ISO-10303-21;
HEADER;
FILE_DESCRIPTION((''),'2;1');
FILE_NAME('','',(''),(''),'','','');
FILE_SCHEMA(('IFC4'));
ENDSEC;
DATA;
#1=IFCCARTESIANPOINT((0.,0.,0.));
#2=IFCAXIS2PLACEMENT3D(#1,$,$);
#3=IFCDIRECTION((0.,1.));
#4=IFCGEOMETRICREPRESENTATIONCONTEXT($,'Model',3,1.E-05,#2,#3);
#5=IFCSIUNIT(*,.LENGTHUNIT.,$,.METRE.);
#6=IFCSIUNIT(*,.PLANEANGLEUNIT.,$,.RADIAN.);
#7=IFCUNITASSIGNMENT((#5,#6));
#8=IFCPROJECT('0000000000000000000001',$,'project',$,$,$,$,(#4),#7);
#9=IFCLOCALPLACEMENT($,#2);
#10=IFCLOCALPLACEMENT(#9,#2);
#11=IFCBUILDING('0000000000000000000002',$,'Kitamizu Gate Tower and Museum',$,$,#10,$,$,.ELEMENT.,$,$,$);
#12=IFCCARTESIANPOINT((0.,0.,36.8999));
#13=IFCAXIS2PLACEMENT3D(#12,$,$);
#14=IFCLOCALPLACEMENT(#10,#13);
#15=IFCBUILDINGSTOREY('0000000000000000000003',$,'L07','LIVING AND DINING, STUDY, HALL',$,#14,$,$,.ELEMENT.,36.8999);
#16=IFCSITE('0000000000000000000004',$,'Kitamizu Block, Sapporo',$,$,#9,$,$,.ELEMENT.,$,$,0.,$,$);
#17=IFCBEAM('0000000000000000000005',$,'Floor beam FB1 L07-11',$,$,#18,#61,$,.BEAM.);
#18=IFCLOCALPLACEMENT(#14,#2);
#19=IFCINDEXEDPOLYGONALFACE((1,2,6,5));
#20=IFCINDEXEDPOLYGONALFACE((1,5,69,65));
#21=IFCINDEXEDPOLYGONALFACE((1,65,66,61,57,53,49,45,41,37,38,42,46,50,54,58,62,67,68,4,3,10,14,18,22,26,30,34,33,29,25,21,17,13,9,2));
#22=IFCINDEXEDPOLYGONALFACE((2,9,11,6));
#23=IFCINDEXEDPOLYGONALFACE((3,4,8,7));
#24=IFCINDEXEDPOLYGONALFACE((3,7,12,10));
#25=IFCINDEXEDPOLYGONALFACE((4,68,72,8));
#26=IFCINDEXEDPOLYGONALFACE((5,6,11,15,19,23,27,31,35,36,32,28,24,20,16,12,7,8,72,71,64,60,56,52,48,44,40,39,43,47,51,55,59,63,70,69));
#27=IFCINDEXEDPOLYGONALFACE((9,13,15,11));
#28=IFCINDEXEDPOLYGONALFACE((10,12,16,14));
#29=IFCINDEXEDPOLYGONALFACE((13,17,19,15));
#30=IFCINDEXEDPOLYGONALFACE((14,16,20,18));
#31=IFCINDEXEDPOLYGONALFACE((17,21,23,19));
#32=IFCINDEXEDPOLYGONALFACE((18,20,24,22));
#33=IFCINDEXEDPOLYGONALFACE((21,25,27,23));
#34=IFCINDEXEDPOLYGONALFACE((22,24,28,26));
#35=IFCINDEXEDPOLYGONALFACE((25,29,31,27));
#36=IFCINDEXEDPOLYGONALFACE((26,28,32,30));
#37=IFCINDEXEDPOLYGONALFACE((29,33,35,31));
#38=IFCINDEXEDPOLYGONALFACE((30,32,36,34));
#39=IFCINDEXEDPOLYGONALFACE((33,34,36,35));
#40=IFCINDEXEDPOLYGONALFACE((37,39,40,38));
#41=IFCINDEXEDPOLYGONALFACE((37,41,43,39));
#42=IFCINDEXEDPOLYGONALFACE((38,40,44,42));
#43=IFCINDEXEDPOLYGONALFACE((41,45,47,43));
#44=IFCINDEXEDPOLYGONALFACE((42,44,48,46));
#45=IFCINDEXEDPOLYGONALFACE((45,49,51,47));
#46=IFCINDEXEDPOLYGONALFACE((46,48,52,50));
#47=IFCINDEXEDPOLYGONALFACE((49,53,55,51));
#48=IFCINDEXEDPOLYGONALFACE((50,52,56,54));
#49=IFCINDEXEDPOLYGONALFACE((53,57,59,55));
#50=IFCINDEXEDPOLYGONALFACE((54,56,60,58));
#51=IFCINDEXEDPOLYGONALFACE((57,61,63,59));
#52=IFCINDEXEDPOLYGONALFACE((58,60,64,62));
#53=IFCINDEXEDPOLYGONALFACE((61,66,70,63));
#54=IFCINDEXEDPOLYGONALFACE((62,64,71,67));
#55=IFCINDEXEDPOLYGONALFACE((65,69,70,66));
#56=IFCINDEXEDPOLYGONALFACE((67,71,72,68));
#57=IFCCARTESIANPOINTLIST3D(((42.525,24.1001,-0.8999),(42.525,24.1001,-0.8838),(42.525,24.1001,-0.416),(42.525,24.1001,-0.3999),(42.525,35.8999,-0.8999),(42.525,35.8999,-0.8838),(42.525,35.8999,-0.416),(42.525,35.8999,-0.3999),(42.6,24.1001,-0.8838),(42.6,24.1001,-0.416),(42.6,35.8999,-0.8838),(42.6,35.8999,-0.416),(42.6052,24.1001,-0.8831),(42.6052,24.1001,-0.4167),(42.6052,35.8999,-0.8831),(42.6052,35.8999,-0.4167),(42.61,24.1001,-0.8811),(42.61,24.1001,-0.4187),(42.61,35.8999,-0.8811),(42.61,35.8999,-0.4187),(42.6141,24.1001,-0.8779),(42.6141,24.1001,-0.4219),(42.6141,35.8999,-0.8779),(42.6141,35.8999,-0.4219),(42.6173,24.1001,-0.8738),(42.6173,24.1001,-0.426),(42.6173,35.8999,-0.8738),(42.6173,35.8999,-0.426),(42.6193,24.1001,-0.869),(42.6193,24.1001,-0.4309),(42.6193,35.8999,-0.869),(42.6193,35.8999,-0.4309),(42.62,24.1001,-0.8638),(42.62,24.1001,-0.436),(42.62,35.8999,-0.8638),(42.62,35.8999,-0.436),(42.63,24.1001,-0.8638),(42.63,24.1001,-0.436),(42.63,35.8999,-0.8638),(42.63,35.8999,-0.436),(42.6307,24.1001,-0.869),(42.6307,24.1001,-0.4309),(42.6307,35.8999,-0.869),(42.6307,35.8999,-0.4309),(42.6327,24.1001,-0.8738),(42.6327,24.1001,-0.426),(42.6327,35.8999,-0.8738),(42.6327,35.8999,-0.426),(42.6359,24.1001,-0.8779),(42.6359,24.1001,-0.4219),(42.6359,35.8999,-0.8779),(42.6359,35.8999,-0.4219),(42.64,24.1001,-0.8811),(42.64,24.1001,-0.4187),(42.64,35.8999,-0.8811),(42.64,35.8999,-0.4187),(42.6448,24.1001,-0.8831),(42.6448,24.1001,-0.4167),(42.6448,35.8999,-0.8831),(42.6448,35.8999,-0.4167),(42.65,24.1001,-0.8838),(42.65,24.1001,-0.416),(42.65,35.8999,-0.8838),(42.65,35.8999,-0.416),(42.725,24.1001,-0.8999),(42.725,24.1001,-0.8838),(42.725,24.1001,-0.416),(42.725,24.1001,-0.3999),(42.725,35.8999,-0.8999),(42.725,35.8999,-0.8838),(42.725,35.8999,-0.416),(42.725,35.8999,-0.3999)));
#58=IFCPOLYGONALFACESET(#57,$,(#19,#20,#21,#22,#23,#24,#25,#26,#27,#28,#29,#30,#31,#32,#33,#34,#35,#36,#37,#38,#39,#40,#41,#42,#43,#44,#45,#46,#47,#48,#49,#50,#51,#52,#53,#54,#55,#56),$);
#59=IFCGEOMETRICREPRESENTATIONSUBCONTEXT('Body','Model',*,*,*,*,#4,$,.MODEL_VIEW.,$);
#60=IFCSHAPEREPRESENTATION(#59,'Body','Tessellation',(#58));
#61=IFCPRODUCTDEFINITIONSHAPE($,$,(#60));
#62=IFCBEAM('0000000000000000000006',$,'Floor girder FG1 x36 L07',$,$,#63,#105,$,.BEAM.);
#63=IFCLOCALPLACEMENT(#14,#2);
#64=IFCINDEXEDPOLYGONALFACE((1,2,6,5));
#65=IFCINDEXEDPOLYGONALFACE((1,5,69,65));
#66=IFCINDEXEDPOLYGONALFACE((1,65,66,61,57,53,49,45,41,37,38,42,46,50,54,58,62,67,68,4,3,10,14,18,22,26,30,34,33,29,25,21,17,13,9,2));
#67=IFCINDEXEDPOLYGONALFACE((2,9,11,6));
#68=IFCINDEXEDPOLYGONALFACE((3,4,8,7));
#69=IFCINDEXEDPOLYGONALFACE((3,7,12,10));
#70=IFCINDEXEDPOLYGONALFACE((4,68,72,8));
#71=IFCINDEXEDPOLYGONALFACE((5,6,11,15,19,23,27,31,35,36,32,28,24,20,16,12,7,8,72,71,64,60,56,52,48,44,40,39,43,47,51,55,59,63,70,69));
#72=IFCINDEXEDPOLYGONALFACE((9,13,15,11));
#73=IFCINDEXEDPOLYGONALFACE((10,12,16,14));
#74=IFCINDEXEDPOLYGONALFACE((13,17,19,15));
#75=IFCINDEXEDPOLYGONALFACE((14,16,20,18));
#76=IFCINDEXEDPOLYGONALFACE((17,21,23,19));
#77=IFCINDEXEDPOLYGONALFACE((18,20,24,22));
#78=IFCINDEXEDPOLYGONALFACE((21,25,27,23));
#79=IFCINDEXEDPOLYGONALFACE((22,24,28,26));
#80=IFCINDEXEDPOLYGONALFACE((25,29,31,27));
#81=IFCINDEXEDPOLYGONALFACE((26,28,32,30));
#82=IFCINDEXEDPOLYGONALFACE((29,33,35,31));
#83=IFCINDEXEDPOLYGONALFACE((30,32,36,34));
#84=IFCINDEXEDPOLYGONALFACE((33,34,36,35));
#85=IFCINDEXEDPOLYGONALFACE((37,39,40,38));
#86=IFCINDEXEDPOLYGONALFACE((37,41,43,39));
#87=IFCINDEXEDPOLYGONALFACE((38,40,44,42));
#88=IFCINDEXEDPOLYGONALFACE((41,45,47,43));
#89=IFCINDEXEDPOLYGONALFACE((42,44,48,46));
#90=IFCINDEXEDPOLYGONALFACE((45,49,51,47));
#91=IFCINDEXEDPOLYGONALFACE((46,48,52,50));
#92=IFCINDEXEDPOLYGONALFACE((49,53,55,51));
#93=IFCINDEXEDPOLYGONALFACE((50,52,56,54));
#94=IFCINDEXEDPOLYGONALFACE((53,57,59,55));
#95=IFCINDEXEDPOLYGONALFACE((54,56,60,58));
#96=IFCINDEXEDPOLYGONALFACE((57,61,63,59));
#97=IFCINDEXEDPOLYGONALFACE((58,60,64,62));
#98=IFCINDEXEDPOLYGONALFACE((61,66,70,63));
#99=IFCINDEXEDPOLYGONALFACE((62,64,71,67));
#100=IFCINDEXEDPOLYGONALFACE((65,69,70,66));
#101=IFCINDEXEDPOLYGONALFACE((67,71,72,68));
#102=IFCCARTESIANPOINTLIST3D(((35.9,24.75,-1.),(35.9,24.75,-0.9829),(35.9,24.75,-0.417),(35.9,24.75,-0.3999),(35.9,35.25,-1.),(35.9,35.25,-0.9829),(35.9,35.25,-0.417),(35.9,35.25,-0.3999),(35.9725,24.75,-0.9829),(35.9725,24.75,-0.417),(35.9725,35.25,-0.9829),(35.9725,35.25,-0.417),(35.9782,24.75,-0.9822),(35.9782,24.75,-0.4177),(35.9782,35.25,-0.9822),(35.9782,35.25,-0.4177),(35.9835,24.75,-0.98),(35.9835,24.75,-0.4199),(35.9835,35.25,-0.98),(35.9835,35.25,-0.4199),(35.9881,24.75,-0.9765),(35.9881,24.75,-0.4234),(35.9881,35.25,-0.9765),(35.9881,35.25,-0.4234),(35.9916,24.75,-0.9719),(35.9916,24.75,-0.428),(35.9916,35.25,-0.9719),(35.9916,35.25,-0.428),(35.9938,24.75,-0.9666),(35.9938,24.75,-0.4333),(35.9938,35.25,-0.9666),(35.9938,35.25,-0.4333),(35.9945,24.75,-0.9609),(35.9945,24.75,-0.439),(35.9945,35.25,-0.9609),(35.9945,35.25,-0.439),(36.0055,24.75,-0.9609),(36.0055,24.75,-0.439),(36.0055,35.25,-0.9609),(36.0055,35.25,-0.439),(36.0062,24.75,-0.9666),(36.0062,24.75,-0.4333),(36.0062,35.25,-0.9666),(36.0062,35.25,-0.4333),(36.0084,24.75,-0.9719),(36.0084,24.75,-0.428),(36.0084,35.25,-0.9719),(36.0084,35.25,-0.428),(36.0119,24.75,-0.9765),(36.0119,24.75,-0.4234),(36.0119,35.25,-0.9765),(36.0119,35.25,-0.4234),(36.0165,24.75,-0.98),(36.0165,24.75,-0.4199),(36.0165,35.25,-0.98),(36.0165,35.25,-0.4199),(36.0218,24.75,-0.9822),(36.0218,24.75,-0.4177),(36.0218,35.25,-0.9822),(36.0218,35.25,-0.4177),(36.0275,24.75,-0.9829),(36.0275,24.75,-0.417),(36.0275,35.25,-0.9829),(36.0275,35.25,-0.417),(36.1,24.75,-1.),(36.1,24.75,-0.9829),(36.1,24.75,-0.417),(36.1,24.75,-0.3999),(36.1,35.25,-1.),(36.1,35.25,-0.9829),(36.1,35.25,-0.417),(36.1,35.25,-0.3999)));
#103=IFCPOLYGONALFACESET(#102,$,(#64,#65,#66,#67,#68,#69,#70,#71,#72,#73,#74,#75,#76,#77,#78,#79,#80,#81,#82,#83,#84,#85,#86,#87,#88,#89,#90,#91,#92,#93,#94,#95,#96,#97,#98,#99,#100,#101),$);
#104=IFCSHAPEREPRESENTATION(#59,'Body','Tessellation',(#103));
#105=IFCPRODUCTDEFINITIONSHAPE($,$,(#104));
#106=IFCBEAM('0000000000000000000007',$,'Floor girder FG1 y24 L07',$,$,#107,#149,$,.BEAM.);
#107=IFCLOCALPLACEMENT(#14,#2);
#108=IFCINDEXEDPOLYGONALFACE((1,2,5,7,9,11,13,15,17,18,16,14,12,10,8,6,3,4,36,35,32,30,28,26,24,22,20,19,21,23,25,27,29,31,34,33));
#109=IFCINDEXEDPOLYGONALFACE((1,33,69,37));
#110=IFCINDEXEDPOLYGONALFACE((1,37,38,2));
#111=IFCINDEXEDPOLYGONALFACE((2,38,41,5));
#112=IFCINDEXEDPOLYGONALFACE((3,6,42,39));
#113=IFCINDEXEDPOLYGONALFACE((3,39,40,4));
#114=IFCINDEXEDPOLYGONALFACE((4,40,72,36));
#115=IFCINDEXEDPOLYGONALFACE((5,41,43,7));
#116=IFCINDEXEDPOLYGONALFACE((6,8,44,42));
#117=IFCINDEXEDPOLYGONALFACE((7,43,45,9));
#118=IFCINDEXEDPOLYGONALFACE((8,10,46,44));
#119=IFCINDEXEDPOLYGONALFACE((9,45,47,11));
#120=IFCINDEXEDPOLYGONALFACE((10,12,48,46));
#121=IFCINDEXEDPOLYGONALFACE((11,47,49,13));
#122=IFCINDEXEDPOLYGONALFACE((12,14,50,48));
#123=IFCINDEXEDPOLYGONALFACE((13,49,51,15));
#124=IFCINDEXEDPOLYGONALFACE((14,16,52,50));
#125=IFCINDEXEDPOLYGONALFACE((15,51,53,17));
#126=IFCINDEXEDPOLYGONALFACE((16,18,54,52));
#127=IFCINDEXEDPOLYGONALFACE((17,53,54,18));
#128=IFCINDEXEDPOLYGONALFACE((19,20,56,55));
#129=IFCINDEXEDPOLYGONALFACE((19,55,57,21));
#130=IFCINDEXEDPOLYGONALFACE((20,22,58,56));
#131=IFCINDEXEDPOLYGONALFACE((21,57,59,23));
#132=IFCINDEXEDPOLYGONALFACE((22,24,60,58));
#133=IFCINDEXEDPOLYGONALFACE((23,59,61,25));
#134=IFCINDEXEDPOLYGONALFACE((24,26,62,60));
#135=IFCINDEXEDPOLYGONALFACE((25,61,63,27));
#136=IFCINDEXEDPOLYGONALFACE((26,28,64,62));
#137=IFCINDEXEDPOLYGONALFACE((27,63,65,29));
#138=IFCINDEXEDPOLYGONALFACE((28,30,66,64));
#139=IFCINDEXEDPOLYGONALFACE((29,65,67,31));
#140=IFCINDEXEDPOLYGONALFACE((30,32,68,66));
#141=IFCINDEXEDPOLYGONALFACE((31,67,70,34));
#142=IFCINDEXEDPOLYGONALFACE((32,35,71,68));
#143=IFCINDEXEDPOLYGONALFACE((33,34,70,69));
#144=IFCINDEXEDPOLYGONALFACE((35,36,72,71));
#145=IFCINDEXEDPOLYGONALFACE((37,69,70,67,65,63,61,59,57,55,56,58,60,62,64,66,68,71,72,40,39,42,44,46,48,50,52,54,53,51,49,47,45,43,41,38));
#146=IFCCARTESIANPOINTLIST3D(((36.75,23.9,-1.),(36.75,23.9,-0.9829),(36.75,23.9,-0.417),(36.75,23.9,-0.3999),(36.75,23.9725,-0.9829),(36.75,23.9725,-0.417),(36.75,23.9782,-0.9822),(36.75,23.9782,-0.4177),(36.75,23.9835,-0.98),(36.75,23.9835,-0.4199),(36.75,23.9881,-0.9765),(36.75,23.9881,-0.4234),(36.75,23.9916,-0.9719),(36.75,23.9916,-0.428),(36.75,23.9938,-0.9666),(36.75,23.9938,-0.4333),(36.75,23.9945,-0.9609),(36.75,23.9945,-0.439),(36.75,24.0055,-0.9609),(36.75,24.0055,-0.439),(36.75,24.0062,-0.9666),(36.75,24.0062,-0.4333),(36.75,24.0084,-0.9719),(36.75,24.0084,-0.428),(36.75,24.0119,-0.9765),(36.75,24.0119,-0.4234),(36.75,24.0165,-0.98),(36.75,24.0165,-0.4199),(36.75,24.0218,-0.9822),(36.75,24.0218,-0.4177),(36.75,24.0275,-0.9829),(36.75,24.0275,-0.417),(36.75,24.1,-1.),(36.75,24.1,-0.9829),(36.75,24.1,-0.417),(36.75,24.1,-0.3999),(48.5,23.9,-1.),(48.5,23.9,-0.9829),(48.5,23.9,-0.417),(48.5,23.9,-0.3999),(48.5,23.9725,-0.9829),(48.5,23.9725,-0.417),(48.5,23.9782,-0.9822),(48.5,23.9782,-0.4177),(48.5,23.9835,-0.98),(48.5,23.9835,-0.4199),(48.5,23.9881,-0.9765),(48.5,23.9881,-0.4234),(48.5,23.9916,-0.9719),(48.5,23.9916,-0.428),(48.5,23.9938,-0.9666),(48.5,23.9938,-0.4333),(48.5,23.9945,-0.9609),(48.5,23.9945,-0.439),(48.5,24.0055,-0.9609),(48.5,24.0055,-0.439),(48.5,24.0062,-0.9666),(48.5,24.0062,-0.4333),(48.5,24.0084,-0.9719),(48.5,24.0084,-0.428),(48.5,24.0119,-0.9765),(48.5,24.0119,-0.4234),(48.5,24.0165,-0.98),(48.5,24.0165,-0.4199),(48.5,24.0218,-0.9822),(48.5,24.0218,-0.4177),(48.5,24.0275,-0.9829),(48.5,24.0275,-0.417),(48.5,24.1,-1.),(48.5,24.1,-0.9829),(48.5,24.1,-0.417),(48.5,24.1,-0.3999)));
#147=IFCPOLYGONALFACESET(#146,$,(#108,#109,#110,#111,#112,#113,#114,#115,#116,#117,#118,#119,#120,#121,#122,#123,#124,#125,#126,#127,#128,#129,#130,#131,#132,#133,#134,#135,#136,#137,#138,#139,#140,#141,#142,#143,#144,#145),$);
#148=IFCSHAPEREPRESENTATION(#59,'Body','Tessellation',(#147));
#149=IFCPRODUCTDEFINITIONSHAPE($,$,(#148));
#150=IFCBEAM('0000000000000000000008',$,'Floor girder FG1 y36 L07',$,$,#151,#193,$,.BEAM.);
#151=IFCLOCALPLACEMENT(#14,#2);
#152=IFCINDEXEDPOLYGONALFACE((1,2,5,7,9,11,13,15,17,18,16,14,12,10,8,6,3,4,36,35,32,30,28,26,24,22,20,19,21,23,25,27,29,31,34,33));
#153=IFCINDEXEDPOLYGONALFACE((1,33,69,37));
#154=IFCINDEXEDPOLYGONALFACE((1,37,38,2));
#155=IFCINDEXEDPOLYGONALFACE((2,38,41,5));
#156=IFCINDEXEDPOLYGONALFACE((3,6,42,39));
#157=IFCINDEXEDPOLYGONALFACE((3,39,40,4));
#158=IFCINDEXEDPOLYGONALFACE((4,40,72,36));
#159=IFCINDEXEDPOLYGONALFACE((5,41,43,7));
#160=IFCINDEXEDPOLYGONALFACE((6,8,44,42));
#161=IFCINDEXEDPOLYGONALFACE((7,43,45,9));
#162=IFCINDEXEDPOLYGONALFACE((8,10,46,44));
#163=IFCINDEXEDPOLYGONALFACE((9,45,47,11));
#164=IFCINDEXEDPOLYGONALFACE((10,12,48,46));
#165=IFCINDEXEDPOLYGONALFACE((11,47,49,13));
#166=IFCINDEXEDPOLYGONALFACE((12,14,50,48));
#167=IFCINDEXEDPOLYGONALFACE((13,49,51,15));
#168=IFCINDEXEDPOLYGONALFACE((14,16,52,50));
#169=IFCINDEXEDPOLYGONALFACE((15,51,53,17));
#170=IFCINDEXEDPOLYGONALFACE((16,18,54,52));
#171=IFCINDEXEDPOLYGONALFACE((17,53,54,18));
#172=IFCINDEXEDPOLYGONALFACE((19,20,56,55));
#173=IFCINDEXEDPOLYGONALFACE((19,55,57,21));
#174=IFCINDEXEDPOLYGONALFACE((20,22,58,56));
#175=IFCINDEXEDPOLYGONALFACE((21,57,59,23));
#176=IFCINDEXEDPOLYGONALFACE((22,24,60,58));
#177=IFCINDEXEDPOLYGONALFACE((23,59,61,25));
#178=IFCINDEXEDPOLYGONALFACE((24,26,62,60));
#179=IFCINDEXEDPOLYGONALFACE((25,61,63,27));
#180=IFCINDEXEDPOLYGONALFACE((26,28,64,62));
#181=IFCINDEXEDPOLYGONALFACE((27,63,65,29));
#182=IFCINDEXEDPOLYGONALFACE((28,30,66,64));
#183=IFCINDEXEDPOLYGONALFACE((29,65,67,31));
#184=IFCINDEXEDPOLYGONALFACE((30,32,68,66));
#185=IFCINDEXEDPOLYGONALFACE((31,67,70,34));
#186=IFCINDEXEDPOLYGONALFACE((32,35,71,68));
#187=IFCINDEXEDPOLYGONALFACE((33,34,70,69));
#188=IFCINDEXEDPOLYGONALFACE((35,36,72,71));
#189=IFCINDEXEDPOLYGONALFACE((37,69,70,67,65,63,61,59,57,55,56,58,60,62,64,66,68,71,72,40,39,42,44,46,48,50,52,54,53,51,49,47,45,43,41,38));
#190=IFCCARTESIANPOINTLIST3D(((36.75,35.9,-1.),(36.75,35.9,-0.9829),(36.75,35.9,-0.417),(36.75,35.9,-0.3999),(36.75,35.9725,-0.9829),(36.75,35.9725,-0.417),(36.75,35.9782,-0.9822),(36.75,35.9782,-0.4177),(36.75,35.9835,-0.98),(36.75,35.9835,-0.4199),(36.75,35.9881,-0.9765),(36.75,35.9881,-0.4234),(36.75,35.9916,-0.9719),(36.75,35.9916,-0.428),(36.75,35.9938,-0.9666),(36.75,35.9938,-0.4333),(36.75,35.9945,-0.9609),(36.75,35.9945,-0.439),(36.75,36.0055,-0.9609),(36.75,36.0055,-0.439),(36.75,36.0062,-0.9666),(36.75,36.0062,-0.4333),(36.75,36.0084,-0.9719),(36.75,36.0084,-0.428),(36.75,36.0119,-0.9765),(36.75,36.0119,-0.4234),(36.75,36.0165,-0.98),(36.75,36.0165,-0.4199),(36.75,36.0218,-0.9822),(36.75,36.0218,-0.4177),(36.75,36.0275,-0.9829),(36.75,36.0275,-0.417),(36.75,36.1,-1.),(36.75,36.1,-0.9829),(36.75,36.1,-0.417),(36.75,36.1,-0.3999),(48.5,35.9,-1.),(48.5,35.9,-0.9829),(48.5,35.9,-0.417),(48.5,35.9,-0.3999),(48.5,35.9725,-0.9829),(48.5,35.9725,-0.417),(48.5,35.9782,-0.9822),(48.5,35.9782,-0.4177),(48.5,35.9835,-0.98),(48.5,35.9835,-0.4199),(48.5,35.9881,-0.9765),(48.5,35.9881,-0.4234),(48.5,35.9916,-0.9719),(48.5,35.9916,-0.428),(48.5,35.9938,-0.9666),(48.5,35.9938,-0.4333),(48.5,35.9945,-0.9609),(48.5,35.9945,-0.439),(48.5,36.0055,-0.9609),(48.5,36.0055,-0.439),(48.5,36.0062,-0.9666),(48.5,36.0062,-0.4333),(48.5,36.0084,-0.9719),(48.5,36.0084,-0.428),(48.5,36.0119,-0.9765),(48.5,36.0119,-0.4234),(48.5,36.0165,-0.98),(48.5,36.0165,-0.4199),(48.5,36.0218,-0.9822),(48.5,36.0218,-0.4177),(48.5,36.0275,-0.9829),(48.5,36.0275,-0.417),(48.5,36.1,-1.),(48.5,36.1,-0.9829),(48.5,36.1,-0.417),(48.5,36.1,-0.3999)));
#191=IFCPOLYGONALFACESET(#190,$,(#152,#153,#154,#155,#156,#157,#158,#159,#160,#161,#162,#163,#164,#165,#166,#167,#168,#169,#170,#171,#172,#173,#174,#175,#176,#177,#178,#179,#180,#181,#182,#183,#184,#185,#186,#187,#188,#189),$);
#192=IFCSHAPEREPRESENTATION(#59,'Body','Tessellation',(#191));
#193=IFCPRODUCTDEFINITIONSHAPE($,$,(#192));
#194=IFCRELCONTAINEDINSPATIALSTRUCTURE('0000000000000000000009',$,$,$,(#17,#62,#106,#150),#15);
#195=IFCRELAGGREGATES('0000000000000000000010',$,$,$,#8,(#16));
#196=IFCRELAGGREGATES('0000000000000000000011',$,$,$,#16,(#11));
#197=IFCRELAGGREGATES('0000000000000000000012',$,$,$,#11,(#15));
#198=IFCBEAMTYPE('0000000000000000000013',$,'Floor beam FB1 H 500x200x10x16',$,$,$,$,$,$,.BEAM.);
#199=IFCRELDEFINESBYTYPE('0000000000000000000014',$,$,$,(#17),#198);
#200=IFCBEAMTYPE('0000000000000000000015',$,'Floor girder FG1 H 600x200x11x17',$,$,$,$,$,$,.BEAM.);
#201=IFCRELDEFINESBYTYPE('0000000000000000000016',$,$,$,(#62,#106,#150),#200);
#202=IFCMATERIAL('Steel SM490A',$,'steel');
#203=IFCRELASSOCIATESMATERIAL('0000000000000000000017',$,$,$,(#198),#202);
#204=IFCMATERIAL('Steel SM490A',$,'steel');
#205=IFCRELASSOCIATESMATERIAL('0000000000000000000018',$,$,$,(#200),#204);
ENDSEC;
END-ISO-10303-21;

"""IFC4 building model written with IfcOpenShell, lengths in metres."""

from ifc_helpers import new_model, si_unit, direction, frame, origin, origin_2d, place, context, subcontext, project, spatial, i_section, extrude, material, material_profile, profile_set, type_object, element, save


model = new_model("IFC4")

# Units and contexts
model_context = context("Model", 3, precision=1e-05, world=origin(), true_north=direction((0.0, 1.0)))
body_context = subcontext(model_context, "Body", "Model", "MODEL_VIEW")
ifc_project = project(units=[si_unit("LENGTHUNIT", "METRE"), si_unit("PLANEANGLEUNIT", "RADIAN")], contexts=[model_context])

# Site, building, storey
site_placement = place(None, origin())
site = spatial("IfcSite", under=ifc_project, at=site_placement, Name="Kitamizu Block, Sapporo", CompositionType="ELEMENT", RefElevation=0.0)
building_placement = place(site_placement, origin())
building = spatial("IfcBuilding", under=site, at=building_placement, Name="Kitamizu Gate Tower and Museum", CompositionType="ELEMENT")
storey_placement = place(building_placement, frame((0.0, 0.0, 36.8999)))
storey = spatial("IfcBuildingStorey", under=building, at=storey_placement, Name="L07", Description="LIVING AND DINING, STUDY, HALL", CompositionType="ELEMENT", Elevation=36.8999)

# Beams
ifc_material_1 = material(Name="Steel SM490A", Category="steel")
ifc_material_profile_1 = material_profile(ifc_material_1, i_section(OverallWidth=0.2, OverallDepth=0.5, WebThickness=0.01, FlangeThickness=0.0161, FilletRadius=0.02, at=origin_2d()), Name="H-500x200x10x16")
ifc_profile_set_1 = profile_set([ifc_material_profile_1], Name="Steel SM490A")
beam_type_1 = type_object("IfcBeamType", Name="Floor beam FB1 H 500x200x10x16", PredefinedType="BEAM", material=ifc_profile_set_1)
beam_1_placement = place(storey_placement, frame((42.625, 24.1001, -0.6499), z_axis=(0.0, 1.0, 0.0), x_axis=(-1.0, 0.0, 0.0)))
element("IfcBeam", 1, at=beam_1_placement, inside=storey, type_object=beam_type_1, Name="Floor beam FB1 L07-11", PredefinedType="BEAM", context=body_context, shape_type="SweptSolid", body=[
    extrude(i_section(OverallWidth=0.2, OverallDepth=0.5, WebThickness=0.01, FlangeThickness=0.0161, FilletRadius=0.02, at=origin_2d()), origin(), (0.0, 0.0, 1.0), 11.7998),
])
ifc_material_2 = material(Name="Steel SM490A", Category="steel")
ifc_material_profile_2 = material_profile(ifc_material_2, i_section(OverallWidth=0.2, OverallDepth=0.6001, WebThickness=0.011, FlangeThickness=0.0171, FilletRadius=0.022, at=origin_2d()), Name="H-600x200x11x17")
ifc_profile_set_2 = profile_set([ifc_material_profile_2], Name="Steel SM490A")
beam_type_2 = type_object("IfcBeamType", Name="Floor girder FG1 H 600x200x11x17", PredefinedType="BEAM", material=ifc_profile_set_2)
beam_2_placement = place(storey_placement, frame((36.0, 24.75, -0.7), z_axis=(0.0, 1.0, 0.0), x_axis=(-1.0, 0.0, 0.0)))
element("IfcBeam", 2, at=beam_2_placement, inside=storey, type_object=beam_type_2, Name="Floor girder FG1 x36 L07", PredefinedType="BEAM", context=body_context, shape_type="SweptSolid", body=[
    extrude(i_section(OverallWidth=0.2, OverallDepth=0.6001, WebThickness=0.011, FlangeThickness=0.0171, FilletRadius=0.022, at=origin_2d()), origin(), (0.0, 0.0, 1.0), 10.5),
])
for number, where, z_axis, x_axis, name in (
    (3, (36.75, 24.0, -0.7), (1.0, 0.0, 0.0), (0.0, 1.0, 0.0), "Floor girder FG1 y24 L07"),
    (4, (36.75, 36.0, -0.7), (1.0, 0.0, 0.0), (0.0, 1.0, 0.0), "Floor girder FG1 y36 L07"),
):
    element("IfcBeam", number, at=place(storey_placement, frame(where, z_axis=z_axis, x_axis=x_axis)), inside=storey, type_object=beam_type_2, Name=name, PredefinedType="BEAM", context=body_context, shape_type="SweptSolid", body=[
        extrude(i_section(OverallWidth=0.2, OverallDepth=0.6001, WebThickness=0.011, FlangeThickness=0.0171, FilletRadius=0.022, at=origin_2d()), origin(), (0.0, 0.0, 1.0), 11.75),
    ])

save(model, "model.ifc")
